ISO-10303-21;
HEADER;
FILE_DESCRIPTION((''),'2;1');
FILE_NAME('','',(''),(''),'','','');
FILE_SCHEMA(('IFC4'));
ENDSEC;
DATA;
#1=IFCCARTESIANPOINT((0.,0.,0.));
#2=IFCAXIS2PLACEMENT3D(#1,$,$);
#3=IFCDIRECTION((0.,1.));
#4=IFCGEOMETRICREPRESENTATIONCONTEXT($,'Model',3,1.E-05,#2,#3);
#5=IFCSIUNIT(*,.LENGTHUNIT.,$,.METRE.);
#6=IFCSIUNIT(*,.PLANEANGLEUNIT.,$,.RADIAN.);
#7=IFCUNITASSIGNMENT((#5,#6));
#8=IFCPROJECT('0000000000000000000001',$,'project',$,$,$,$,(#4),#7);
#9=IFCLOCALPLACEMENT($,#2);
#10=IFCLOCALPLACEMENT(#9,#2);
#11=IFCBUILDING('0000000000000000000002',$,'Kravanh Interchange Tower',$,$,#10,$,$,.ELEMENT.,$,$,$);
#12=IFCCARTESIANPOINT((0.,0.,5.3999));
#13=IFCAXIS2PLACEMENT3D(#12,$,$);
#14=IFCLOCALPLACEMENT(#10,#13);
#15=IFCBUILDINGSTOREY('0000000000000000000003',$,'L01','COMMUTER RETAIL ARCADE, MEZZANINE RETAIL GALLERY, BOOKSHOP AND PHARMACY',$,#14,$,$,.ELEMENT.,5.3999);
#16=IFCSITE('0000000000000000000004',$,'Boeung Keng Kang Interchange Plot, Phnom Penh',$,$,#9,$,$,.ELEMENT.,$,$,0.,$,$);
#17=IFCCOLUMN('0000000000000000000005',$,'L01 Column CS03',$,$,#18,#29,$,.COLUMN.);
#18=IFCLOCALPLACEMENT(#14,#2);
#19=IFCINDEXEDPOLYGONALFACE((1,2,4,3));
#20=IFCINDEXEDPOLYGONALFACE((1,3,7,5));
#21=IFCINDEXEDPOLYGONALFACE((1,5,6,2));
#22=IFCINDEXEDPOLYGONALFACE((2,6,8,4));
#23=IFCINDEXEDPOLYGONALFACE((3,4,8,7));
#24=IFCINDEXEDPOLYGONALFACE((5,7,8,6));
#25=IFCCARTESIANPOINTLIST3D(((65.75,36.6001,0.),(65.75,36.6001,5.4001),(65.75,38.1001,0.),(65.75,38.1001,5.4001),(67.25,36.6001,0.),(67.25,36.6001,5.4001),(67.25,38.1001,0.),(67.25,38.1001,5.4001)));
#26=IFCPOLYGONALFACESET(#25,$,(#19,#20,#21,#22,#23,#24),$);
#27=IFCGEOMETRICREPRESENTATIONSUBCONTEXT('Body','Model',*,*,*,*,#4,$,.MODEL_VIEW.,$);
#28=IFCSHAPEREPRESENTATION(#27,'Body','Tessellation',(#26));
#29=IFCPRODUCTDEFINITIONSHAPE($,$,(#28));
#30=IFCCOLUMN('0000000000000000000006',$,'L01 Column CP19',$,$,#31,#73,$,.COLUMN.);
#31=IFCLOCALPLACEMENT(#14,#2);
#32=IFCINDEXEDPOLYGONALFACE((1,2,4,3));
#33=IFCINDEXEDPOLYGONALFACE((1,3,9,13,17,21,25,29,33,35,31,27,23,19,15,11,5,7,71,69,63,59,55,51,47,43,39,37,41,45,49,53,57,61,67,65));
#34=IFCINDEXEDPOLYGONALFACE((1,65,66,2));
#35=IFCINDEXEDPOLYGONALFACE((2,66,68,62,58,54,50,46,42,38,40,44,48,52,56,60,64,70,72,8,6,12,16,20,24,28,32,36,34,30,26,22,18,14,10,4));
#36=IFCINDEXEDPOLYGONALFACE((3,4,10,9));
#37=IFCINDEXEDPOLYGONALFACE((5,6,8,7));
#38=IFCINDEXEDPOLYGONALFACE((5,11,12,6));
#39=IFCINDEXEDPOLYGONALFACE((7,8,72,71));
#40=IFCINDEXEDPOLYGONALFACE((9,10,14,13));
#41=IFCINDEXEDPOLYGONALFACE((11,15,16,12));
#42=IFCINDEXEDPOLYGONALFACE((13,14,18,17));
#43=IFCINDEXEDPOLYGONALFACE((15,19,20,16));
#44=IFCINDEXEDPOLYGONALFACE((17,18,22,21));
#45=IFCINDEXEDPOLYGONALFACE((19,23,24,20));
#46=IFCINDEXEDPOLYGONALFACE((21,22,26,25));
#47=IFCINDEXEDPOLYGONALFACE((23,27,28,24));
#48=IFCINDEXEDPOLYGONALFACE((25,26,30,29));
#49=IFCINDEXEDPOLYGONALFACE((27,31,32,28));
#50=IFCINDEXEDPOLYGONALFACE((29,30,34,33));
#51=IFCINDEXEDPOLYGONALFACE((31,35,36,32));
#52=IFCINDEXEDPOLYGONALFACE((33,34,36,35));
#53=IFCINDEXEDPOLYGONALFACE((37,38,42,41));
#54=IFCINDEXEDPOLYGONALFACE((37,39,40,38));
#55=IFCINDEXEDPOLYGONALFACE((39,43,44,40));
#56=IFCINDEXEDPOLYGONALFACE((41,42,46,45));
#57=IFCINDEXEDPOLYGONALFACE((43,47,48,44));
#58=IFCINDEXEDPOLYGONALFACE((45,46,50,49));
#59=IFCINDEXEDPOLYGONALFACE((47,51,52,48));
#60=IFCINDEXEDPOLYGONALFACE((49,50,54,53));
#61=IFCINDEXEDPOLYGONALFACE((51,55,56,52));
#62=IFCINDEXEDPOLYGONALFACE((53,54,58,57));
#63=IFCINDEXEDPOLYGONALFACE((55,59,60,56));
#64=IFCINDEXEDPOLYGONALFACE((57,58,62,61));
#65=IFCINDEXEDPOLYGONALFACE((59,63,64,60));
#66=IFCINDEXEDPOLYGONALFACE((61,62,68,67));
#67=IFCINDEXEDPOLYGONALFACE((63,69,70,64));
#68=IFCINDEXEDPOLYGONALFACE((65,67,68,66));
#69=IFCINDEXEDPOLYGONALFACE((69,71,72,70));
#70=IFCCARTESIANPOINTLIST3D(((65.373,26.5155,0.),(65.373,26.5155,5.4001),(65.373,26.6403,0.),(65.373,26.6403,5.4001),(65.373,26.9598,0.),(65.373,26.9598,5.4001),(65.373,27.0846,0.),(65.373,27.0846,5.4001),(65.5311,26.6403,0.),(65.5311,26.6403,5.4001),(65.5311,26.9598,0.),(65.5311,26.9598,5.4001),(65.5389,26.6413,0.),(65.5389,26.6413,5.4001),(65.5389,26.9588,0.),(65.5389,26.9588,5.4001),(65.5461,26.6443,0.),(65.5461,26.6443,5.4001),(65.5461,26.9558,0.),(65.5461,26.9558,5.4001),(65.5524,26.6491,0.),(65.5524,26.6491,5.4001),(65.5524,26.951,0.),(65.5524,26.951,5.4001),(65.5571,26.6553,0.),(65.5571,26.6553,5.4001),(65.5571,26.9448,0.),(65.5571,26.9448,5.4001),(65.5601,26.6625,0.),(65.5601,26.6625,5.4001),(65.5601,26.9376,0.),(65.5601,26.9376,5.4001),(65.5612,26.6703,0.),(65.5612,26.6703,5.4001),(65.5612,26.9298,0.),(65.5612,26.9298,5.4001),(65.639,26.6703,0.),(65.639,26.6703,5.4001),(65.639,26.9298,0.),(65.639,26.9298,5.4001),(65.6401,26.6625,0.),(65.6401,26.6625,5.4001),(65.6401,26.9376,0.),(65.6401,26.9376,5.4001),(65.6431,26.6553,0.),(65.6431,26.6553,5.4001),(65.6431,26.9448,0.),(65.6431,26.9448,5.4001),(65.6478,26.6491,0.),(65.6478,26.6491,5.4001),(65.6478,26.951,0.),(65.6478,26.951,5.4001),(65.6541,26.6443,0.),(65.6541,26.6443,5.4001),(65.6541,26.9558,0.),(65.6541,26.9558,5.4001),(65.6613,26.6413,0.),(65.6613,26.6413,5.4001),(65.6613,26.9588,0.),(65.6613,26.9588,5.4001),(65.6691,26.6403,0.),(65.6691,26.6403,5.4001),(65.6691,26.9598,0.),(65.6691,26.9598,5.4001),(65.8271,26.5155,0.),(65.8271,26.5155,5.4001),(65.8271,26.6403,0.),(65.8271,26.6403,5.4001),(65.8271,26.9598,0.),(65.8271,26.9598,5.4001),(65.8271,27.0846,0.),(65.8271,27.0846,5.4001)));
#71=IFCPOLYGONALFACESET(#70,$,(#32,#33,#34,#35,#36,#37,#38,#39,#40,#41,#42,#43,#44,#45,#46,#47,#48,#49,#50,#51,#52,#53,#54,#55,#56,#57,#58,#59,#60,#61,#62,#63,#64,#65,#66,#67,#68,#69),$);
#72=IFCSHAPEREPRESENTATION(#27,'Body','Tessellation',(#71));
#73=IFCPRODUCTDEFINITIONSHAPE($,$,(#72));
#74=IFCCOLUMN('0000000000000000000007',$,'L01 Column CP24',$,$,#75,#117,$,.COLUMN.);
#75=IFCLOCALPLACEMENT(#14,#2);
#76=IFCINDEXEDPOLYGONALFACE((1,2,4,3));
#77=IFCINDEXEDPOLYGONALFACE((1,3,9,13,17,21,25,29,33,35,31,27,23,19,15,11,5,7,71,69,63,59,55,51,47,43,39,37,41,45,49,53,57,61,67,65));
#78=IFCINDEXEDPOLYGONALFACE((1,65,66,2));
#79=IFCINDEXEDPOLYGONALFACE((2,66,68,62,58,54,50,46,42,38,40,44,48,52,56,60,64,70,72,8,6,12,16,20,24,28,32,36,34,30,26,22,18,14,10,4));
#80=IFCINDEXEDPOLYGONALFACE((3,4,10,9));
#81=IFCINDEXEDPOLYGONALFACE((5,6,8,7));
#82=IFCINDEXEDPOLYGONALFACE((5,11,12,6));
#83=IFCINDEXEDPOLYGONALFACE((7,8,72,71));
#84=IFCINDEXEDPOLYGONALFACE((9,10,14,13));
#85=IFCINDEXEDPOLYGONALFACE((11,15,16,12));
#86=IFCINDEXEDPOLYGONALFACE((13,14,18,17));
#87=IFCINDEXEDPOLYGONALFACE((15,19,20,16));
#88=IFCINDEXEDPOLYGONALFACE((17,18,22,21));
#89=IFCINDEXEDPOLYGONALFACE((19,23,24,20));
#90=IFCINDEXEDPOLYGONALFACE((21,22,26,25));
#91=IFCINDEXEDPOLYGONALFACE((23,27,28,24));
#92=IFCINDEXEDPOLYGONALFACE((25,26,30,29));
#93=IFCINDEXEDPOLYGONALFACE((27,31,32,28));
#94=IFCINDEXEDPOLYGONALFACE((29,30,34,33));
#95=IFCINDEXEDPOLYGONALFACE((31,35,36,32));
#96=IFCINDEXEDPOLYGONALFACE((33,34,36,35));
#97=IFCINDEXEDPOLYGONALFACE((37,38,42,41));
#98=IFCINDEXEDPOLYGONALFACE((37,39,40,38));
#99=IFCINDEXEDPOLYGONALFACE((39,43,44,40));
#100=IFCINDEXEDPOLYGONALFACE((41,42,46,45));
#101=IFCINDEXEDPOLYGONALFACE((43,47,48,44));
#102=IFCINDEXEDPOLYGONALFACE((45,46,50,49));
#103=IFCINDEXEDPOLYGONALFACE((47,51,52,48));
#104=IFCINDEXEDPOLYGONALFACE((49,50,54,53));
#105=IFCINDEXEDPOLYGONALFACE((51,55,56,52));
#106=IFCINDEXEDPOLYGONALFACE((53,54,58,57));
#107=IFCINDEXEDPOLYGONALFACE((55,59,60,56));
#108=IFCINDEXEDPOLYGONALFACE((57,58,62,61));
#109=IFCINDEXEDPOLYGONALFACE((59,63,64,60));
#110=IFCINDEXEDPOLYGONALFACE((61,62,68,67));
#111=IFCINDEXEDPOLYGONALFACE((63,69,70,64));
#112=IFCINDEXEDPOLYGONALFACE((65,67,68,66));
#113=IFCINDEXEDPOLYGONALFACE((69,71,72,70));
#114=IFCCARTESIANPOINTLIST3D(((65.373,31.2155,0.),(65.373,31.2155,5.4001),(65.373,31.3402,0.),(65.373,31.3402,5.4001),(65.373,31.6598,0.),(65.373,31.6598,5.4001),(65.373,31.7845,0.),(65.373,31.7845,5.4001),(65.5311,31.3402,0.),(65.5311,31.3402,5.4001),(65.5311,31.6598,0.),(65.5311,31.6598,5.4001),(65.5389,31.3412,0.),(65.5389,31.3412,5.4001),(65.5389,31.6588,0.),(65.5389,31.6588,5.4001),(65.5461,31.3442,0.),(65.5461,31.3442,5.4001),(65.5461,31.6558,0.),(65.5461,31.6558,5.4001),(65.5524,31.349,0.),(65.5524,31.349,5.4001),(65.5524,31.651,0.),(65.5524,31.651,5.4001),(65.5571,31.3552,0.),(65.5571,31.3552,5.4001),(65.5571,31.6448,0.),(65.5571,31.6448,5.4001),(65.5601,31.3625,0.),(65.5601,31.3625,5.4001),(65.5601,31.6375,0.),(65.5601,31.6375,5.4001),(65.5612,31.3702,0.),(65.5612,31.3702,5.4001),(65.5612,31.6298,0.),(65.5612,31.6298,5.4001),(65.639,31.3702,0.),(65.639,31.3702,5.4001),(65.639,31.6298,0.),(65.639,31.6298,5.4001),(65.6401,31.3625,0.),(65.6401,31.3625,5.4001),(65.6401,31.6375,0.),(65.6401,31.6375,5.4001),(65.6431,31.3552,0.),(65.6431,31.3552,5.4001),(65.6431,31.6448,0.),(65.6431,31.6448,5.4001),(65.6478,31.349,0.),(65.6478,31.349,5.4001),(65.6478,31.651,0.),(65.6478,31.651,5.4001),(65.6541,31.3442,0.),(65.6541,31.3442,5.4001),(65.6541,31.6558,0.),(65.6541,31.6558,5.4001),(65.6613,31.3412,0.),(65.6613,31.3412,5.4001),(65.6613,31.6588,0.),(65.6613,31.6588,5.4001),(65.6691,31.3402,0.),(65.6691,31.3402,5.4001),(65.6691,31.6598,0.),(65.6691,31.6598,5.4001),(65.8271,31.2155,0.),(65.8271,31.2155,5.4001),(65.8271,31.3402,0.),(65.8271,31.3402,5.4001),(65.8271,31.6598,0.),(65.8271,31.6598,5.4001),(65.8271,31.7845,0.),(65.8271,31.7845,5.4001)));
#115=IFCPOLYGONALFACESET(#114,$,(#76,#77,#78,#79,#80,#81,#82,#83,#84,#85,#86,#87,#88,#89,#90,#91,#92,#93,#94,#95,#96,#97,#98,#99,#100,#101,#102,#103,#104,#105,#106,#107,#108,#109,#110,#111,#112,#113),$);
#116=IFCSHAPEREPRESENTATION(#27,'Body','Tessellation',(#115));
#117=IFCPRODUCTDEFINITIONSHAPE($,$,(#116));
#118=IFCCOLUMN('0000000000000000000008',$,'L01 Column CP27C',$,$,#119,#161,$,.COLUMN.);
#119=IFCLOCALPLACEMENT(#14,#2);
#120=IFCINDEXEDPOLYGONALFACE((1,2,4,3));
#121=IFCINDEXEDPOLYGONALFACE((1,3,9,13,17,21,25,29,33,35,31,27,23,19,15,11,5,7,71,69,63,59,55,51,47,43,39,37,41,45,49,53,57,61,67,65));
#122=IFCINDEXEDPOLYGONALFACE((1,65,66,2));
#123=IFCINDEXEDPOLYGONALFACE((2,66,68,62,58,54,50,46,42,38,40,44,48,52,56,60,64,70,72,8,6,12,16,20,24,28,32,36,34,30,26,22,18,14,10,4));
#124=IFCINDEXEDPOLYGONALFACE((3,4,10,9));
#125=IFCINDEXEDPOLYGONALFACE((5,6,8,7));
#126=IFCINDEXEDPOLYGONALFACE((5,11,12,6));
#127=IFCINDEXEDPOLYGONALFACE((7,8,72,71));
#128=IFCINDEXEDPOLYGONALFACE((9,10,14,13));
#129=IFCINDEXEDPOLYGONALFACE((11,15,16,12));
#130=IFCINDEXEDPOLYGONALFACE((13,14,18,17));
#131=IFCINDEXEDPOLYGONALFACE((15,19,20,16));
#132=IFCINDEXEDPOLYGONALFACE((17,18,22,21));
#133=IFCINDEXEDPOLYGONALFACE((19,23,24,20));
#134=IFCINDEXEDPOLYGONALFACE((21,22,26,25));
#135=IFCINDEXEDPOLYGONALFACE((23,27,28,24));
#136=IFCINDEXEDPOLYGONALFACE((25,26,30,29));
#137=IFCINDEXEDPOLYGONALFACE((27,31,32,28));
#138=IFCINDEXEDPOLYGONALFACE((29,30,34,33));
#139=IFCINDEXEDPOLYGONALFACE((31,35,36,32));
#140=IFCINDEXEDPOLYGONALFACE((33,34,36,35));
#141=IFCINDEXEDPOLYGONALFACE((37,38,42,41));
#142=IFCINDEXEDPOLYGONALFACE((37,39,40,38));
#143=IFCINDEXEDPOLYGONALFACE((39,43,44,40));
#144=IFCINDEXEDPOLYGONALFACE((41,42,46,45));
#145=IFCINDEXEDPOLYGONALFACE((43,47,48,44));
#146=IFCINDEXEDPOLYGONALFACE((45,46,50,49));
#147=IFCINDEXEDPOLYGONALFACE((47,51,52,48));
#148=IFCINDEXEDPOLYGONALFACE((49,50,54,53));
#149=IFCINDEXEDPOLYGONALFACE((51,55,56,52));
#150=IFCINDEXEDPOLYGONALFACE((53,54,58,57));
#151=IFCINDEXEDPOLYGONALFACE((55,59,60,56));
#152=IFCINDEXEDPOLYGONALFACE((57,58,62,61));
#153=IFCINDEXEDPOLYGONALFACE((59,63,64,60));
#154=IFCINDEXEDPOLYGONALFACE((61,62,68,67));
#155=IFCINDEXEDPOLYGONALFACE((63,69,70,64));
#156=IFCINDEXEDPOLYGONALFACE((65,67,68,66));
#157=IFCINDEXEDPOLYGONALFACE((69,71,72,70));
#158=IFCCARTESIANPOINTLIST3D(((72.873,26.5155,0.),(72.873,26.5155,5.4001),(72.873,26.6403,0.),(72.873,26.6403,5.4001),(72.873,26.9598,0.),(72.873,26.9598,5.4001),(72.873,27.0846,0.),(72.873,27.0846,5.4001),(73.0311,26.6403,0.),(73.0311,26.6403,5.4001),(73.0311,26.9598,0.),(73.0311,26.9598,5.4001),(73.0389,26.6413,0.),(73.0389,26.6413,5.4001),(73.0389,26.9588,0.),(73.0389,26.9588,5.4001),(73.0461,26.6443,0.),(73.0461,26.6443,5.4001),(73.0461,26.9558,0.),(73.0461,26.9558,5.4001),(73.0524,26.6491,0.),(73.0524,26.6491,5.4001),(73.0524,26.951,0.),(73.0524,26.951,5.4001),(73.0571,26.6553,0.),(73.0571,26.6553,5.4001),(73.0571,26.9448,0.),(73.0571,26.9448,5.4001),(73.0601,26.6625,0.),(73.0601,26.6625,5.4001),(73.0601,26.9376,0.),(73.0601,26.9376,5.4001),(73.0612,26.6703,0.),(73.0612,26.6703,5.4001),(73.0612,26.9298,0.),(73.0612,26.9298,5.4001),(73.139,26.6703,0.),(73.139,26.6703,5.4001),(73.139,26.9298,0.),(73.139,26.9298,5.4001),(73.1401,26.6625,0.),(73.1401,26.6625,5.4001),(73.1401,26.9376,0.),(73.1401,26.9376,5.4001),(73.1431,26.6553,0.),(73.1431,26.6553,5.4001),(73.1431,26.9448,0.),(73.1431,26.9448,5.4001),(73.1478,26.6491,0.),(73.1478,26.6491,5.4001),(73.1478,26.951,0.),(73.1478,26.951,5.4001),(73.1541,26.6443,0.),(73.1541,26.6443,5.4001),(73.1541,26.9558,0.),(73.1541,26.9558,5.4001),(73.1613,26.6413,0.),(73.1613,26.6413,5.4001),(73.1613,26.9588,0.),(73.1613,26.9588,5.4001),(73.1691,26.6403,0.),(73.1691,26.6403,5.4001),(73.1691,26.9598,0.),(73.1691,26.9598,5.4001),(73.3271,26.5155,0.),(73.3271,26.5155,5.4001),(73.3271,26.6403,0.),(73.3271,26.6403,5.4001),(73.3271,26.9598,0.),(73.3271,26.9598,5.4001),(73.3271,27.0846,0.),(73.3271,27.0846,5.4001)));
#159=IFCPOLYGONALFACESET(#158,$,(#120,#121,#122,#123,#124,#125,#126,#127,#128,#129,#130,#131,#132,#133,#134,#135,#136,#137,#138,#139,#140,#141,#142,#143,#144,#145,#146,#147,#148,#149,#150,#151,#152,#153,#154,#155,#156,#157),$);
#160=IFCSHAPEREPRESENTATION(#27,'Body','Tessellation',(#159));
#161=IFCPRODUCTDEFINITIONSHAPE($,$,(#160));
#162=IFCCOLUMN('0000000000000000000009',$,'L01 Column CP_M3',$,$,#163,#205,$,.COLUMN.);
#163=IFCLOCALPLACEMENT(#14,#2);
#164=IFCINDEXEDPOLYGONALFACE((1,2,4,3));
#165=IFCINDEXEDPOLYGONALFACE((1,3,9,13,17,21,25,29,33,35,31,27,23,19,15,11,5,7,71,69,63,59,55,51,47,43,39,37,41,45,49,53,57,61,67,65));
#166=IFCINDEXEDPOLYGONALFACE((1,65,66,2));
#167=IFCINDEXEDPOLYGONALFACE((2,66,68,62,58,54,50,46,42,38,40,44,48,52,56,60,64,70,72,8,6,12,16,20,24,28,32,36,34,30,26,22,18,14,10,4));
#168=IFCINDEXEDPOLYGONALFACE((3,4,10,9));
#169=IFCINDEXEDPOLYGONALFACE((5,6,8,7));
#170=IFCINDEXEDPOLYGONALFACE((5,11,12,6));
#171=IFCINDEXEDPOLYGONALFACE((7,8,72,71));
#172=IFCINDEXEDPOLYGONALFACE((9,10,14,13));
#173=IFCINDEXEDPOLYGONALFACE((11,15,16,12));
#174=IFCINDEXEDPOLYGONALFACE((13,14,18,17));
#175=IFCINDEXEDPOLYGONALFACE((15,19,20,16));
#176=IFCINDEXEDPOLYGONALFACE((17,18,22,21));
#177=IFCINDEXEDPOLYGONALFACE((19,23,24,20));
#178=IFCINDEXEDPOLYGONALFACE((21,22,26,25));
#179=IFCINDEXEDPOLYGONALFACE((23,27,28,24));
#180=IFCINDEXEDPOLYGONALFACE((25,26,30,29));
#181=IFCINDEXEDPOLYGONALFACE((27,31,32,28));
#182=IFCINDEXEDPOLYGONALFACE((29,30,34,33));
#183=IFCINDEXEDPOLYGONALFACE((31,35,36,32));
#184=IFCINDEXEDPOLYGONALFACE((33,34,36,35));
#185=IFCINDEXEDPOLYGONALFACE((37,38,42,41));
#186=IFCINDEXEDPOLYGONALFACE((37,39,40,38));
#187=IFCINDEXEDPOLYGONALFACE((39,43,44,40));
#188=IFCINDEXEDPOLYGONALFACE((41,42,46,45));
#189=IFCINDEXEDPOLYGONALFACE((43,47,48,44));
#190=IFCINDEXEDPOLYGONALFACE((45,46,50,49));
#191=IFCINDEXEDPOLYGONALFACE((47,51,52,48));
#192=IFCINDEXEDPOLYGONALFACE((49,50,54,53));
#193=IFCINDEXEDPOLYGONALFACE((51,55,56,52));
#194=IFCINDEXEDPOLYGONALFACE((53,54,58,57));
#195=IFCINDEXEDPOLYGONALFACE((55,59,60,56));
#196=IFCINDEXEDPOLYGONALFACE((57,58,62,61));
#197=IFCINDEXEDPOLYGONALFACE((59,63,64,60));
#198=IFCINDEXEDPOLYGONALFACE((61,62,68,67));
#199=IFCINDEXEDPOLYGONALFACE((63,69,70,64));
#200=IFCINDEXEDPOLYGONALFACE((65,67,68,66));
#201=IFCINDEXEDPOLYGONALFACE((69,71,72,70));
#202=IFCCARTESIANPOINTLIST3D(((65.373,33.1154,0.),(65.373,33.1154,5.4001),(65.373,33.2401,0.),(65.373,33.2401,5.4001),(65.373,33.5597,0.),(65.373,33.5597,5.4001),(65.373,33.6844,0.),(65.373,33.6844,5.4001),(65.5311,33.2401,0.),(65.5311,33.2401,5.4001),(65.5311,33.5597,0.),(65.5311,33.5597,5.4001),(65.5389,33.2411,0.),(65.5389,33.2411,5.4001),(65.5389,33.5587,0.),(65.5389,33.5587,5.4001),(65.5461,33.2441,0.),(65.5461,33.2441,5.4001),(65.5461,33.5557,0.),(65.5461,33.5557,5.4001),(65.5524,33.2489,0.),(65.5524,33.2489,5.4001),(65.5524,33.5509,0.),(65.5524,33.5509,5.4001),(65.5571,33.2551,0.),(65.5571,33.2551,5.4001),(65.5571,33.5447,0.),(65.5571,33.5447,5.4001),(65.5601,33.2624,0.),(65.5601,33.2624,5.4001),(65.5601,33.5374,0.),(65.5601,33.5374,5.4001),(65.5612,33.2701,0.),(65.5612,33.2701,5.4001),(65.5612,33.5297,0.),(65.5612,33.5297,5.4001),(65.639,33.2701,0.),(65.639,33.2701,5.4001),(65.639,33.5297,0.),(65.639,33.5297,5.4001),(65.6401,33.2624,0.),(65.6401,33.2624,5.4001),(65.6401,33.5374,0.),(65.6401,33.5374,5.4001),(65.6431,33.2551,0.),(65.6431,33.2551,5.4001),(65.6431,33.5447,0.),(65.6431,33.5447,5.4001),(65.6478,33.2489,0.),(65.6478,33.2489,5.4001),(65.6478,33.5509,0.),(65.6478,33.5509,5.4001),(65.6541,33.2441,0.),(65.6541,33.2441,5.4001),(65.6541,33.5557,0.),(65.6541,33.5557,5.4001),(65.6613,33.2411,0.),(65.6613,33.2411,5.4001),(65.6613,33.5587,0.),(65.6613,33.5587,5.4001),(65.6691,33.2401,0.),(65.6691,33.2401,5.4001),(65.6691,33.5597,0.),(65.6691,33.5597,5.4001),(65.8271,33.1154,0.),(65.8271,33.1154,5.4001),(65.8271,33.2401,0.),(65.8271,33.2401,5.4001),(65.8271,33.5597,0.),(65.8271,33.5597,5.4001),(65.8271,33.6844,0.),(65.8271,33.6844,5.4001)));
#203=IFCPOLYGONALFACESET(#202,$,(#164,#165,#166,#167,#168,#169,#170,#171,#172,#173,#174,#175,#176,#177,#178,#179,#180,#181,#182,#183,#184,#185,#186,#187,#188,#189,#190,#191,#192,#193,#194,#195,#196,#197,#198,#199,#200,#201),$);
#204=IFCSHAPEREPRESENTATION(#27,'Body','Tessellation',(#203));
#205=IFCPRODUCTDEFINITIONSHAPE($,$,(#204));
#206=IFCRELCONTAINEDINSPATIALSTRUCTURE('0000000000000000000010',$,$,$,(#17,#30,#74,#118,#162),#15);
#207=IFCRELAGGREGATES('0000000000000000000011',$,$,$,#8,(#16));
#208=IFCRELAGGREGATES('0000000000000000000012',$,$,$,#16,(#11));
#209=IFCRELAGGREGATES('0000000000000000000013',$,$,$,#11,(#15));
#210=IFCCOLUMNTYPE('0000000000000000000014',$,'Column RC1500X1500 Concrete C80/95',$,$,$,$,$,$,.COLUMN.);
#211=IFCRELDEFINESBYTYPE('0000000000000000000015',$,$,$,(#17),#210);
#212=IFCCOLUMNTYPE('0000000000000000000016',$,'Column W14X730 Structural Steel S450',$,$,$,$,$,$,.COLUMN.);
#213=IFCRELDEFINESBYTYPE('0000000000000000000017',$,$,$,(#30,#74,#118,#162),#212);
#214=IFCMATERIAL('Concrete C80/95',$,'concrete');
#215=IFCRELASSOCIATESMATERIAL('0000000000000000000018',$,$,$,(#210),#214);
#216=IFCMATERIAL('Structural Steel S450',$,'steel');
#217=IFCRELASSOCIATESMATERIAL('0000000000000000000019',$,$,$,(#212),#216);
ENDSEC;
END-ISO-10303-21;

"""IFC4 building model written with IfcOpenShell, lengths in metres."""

from ifc_helpers import new_model, si_unit, direction, frame, origin, origin_2d, place, context, subcontext, project, spatial, rectangle, i_section, extrude, material, material_profile, profile_set, type_object, element, save


model = new_model("IFC4")

# Units and contexts
model_context = context("Model", 3, precision=1e-05, world=origin(), true_north=direction((0.0, 1.0)))
body_context = subcontext(model_context, "Body", "Model", "MODEL_VIEW")
ifc_project = project(units=[si_unit("LENGTHUNIT", "METRE"), si_unit("PLANEANGLEUNIT", "RADIAN")], contexts=[model_context])

# Site, building, storey
site_placement = place(None, origin())
site = spatial("IfcSite", under=ifc_project, at=site_placement, Name="Boeung Keng Kang Interchange Plot, Phnom Penh", CompositionType="ELEMENT", RefElevation=0.0)
building_placement = place(site_placement, origin())
building = spatial("IfcBuilding", under=site, at=building_placement, Name="Kravanh Interchange Tower", CompositionType="ELEMENT")
storey_placement = place(building_placement, frame((0.0, 0.0, 5.3999)))
storey = spatial("IfcBuildingStorey", under=building, at=storey_placement, Name="L01", Description="COMMUTER RETAIL ARCADE, MEZZANINE RETAIL GALLERY, BOOKSHOP AND PHARMACY", CompositionType="ELEMENT", Elevation=5.3999)

# Columns
ifc_material_1 = material(Name="Concrete C80/95", Category="concrete")
ifc_material_profile_1 = material_profile(ifc_material_1, rectangle(XDim=1.5, YDim=1.5, at=origin_2d()), Name="RC1500X1500")
ifc_profile_set_1 = profile_set([ifc_material_profile_1], Name="Concrete C80/95")
column_type_1 = type_object("IfcColumnType", Name="Column RC1500X1500 Concrete C80/95", PredefinedType="COLUMN", material=ifc_profile_set_1)
column_placement = place(storey_placement, frame((66.5, 37.3501, 0.0), z_axis=(0.0, 0.0, 1.0), x_axis=(1.0, 0.0, 0.0)))
element("IfcColumn", 1, at=column_placement, inside=storey, type_object=column_type_1, Name="L01 Column CS03", PredefinedType="COLUMN", context=body_context, shape_type="SweptSolid", body=[
    extrude(rectangle(XDim=1.5, YDim=1.5, at=origin_2d()), origin(), (0.0, 0.0, 1.0), 5.4001),
])
ifc_material_2 = material(Name="Structural Steel S450", Category="steel")
ifc_material_profile_2 = material_profile(ifc_material_2, i_section(OverallWidth=0.4541, OverallDepth=0.5691, WebThickness=0.0779, FlangeThickness=0.1248, FilletRadius=0.03, at=origin_2d()), Name="W14X730")
ifc_profile_set_2 = profile_set([ifc_material_profile_2], Name="Structural Steel S450")
column_type_2 = type_object("IfcColumnType", Name="Column W14X730 Structural Steel S450", PredefinedType="COLUMN", material=ifc_profile_set_2)
for number, where, z_axis, x_axis, name in (
    (2, (65.6001, 26.8, 0.0), (0.0, 0.0, 1.0), (1.0, 0.0, 0.0), "L01 Column CP19"),
    (3, (65.6001, 31.5, 0.0), (0.0, 0.0, 1.0), (1.0, 0.0, 0.0), "L01 Column CP24"),
    (4, (73.1001, 26.8, 0.0), (0.0, 0.0, 1.0), (1.0, 0.0, 0.0), "L01 Column CP27C"),
    (5, (65.6001, 33.3999, 0.0), (0.0, 0.0, 1.0), (1.0, 0.0, 0.0), "L01 Column CP_M3"),
):
    element("IfcColumn", number, at=place(storey_placement, frame(where, z_axis=z_axis, x_axis=x_axis)), inside=storey, type_object=column_type_2, Name=name, PredefinedType="COLUMN", context=body_context, shape_type="SweptSolid", body=[
        extrude(i_section(OverallWidth=0.4541, OverallDepth=0.5691, WebThickness=0.0779, FlangeThickness=0.1248, FilletRadius=0.03, at=origin_2d()), origin(), (0.0, 0.0, 1.0), 5.4001),
    ])

save(model, "model.ifc")
